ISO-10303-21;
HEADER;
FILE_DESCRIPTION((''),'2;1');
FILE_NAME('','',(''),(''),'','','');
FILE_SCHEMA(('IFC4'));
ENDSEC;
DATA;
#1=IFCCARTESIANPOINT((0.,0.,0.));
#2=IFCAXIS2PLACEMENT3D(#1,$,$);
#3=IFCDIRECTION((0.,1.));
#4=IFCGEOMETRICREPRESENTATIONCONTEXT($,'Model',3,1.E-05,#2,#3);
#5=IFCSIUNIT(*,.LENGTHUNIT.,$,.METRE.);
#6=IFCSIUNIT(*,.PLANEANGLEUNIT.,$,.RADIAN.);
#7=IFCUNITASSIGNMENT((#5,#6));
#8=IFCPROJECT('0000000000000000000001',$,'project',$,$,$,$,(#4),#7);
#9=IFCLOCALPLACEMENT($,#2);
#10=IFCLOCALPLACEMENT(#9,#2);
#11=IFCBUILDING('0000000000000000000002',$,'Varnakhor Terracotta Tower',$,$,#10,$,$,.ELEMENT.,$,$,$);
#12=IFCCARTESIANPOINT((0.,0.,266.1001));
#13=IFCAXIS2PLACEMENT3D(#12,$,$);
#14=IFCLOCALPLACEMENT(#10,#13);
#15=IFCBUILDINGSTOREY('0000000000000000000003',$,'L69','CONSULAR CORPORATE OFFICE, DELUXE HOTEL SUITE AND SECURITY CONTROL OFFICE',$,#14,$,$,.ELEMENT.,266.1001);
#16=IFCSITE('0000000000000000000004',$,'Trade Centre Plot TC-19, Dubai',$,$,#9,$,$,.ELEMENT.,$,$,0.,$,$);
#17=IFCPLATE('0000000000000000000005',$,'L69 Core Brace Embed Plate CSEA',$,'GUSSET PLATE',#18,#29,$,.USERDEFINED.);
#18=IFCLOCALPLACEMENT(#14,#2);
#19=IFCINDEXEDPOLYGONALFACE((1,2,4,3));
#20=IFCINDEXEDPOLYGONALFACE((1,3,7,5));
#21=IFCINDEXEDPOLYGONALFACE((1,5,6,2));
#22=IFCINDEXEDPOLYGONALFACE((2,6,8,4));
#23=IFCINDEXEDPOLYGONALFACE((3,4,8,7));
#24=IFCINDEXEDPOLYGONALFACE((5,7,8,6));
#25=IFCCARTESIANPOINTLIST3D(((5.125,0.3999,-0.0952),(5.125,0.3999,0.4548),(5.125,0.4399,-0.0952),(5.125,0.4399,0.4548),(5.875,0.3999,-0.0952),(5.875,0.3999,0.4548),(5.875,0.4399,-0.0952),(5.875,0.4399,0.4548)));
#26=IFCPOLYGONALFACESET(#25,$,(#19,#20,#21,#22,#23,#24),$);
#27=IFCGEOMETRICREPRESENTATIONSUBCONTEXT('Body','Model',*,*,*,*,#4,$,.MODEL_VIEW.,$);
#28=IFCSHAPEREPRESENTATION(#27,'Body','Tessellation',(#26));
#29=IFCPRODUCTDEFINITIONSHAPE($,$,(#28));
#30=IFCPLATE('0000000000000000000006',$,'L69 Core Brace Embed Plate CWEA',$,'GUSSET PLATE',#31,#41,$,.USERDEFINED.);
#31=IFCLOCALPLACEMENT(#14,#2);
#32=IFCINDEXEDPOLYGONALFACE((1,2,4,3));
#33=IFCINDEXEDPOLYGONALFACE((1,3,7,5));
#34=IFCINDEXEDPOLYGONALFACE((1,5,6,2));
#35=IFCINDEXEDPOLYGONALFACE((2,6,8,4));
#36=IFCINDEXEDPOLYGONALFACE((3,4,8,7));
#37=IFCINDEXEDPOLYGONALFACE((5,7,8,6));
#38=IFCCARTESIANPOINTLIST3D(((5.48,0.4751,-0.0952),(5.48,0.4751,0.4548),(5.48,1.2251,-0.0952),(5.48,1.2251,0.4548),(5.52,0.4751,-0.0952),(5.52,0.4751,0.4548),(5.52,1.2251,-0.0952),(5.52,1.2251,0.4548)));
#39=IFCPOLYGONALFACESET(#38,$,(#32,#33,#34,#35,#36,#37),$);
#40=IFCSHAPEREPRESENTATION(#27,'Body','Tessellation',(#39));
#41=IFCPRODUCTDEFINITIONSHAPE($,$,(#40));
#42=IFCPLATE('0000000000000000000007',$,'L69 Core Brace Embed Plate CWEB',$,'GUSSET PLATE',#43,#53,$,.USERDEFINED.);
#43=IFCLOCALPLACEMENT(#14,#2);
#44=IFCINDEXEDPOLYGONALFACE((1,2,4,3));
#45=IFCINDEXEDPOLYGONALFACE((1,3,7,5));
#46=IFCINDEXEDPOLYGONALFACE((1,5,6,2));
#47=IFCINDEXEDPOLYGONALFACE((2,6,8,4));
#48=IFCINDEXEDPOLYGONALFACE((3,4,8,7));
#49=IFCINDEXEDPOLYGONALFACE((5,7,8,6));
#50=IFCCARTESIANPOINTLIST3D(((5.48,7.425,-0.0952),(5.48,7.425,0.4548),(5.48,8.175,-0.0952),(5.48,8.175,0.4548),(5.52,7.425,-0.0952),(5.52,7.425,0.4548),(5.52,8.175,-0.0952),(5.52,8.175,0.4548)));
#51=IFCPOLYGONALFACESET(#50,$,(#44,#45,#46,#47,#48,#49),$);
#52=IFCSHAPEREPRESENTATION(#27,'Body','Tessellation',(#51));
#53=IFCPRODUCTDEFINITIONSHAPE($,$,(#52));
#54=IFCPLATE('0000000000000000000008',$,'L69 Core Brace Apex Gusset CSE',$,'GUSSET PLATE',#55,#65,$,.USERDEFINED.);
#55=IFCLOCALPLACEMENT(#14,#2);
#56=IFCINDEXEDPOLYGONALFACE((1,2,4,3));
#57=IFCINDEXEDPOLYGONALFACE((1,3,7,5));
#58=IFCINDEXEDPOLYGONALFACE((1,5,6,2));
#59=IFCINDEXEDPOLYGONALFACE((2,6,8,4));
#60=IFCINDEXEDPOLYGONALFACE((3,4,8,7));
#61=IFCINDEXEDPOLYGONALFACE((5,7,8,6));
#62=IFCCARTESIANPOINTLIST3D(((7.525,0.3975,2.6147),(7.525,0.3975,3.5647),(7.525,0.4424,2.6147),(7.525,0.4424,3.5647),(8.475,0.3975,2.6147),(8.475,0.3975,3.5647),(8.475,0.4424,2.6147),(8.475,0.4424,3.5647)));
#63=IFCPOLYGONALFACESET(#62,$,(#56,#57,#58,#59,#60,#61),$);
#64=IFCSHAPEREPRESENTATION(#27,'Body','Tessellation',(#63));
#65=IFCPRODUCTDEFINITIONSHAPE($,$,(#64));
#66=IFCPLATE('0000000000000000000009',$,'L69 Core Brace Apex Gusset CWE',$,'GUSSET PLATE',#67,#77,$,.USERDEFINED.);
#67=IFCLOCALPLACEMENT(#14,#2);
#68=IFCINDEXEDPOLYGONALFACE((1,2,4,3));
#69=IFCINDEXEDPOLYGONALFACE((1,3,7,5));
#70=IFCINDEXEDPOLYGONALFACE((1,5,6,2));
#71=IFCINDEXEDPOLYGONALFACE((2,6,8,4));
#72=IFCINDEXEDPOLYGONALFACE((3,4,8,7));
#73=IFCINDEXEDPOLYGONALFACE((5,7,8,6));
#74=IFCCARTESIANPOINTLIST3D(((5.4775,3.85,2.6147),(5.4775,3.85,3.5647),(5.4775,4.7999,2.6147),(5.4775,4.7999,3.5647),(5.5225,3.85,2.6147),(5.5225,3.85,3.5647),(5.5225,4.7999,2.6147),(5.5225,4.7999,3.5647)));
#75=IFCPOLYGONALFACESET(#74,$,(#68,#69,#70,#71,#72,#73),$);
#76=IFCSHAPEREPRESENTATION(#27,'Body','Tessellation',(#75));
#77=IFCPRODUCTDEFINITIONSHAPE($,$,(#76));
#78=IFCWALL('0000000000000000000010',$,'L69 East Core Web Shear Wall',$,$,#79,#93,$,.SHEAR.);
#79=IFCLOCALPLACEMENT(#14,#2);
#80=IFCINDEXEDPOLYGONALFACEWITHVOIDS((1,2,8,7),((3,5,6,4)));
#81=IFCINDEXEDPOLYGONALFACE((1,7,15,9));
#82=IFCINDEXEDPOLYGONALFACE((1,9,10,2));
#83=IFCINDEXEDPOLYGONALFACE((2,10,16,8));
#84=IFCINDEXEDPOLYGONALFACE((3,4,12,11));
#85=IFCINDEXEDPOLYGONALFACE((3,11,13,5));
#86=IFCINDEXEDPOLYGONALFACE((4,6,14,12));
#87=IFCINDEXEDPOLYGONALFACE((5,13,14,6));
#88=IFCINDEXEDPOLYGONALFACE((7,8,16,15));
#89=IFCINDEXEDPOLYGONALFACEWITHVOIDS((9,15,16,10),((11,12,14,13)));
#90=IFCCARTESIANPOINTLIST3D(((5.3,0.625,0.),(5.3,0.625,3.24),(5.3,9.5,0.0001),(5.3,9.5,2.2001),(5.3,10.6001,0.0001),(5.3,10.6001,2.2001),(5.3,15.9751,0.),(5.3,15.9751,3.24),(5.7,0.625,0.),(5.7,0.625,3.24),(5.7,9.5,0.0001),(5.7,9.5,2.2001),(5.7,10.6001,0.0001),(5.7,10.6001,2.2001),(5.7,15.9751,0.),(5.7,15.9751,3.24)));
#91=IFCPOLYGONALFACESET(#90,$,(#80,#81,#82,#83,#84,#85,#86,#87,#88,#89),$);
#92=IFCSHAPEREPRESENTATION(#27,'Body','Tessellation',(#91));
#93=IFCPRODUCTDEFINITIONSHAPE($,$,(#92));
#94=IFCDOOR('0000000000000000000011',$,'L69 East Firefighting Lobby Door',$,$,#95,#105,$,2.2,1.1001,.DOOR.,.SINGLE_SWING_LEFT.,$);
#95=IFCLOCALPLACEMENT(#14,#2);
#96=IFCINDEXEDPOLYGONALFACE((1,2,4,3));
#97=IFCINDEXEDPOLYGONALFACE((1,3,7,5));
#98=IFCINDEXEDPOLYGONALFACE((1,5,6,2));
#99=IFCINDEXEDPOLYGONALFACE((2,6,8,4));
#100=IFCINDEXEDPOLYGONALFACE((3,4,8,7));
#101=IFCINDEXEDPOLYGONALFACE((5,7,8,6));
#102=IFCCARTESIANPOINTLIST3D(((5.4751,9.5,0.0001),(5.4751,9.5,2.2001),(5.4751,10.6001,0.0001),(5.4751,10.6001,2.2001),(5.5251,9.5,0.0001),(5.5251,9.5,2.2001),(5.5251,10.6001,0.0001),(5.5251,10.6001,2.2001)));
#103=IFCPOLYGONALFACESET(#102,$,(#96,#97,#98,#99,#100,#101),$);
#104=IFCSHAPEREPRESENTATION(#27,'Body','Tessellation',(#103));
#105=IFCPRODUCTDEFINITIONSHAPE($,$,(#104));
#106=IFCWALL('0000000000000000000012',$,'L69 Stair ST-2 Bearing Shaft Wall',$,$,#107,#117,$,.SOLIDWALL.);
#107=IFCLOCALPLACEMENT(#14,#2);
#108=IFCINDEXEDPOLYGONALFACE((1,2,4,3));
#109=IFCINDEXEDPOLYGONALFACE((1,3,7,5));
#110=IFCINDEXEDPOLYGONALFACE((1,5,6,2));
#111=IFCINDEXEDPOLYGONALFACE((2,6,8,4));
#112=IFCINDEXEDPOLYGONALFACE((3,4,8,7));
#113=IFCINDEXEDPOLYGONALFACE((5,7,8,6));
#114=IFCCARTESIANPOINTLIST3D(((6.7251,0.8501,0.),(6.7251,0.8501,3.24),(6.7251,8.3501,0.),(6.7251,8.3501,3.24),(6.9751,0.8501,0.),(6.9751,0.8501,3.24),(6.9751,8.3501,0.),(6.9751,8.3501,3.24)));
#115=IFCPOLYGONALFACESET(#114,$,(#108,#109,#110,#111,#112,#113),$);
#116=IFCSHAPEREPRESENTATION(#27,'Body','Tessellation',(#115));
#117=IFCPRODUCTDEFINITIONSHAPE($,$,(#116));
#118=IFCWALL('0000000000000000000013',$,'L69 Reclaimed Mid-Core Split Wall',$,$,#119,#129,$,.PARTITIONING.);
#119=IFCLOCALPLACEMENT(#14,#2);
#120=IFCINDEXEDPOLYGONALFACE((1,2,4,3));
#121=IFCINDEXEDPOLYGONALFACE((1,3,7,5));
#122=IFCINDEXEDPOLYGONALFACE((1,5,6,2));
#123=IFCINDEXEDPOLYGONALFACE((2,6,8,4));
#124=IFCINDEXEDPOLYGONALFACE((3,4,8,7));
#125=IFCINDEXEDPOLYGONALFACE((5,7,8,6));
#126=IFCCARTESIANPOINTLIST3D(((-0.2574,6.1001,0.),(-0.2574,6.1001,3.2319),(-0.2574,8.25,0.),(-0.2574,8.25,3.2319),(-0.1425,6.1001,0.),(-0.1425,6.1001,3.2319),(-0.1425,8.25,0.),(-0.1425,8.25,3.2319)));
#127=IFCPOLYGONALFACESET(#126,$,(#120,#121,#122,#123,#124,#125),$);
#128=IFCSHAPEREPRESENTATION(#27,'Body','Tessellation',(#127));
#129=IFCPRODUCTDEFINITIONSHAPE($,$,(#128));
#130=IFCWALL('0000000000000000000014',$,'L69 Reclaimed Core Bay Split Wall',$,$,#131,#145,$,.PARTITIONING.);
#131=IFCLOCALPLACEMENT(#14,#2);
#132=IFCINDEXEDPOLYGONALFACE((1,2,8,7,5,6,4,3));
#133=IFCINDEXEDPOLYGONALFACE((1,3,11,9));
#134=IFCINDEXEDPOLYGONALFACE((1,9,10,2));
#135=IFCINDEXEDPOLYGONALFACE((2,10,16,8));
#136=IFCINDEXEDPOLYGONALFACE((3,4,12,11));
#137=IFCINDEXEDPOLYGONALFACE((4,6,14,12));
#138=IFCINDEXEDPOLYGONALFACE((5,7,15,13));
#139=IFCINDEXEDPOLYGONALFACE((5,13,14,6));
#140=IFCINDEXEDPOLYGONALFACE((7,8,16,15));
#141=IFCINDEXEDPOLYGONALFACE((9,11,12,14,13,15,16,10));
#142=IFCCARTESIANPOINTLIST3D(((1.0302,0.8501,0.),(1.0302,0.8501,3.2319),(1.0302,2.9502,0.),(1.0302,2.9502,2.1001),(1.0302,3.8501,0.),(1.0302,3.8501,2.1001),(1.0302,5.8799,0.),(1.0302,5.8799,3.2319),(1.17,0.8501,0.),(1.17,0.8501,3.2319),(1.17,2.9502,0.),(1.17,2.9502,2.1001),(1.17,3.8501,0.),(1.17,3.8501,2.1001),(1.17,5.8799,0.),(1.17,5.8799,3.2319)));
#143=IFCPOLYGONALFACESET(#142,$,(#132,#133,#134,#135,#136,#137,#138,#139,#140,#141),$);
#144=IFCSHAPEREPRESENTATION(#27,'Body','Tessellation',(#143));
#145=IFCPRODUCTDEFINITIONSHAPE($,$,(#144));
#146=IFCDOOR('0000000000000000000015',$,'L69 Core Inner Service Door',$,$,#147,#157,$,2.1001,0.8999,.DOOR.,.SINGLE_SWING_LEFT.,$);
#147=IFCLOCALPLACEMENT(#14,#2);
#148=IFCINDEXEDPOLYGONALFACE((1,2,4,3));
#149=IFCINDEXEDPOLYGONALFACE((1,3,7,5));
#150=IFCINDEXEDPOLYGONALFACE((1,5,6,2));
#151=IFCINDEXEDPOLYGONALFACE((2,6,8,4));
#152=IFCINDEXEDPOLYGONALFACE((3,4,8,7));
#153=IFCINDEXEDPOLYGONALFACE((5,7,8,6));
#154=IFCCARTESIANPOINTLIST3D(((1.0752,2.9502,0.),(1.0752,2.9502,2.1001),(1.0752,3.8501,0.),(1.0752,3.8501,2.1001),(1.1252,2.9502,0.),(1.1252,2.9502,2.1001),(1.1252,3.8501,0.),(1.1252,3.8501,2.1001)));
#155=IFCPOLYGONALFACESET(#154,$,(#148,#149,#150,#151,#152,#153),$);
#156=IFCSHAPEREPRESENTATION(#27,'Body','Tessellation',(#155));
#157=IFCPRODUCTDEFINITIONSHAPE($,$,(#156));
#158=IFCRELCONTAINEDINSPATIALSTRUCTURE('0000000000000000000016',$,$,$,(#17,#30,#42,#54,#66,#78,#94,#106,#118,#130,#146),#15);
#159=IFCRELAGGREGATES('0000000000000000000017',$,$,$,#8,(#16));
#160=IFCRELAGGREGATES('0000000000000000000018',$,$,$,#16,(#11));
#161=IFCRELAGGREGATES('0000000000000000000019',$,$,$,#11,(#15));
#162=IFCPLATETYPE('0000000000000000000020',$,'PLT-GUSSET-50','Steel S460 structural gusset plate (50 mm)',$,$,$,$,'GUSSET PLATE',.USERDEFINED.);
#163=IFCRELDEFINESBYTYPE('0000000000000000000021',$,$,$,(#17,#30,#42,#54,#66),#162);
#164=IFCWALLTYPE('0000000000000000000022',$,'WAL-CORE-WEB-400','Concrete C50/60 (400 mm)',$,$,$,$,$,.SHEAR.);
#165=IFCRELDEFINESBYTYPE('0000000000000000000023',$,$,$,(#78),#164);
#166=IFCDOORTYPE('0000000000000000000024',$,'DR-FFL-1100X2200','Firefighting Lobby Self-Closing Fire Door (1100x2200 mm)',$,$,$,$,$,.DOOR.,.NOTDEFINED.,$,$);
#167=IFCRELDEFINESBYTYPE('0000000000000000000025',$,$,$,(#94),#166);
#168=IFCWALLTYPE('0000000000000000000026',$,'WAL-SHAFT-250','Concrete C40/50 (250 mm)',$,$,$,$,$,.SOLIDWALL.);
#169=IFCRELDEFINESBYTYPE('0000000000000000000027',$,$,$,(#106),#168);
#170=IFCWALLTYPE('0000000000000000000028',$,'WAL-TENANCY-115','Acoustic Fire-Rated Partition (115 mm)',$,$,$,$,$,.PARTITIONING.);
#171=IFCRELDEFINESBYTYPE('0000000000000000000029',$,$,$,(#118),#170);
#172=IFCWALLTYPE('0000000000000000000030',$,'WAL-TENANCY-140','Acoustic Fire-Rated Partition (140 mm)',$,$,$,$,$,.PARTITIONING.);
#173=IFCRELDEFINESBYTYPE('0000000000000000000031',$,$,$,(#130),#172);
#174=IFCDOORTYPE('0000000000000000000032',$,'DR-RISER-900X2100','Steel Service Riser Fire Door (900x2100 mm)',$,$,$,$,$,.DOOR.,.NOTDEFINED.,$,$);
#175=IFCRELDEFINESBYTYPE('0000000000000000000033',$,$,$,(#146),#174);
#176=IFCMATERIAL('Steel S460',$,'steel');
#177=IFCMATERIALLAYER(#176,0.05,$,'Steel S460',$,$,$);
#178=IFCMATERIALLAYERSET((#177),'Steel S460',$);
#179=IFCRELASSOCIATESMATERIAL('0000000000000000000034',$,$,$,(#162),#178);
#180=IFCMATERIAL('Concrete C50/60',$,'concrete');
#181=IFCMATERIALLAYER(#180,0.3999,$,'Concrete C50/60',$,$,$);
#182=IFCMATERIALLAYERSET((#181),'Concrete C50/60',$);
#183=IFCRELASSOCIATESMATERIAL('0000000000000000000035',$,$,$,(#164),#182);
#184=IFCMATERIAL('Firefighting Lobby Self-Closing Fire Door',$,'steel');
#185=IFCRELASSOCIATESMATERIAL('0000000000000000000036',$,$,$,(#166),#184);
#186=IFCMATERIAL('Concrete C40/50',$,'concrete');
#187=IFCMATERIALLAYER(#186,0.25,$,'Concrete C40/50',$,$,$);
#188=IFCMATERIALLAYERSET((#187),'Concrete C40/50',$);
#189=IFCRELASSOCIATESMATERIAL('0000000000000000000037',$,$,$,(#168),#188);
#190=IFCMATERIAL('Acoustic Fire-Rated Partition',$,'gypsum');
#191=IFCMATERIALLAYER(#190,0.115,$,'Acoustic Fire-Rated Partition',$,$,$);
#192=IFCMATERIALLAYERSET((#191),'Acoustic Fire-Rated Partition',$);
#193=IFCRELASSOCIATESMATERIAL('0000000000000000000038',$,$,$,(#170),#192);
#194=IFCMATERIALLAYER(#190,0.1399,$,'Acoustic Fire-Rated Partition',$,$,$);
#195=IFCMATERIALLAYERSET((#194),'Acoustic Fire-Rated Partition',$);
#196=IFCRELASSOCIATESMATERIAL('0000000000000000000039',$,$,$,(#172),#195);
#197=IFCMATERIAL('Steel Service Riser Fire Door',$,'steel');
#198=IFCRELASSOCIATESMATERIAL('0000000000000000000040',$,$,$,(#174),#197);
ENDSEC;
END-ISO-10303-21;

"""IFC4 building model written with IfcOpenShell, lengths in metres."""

from ifc_helpers import new_model, si_unit, direction, frame, frame_2d, origin, origin_2d, place, context, subcontext, project, spatial, rectangle, extrude, source, transform, mapped, material, layer, layer_set, type_object, type_shapes, element, fill, save


model = new_model("IFC4")

# Units and contexts
model_context = context("Model", 3, precision=1e-05, world=origin(), true_north=direction((0.0, 1.0)))
body_context = subcontext(model_context, "Body", "Model", "MODEL_VIEW")
ifc_project = project(units=[si_unit("LENGTHUNIT", "METRE"), si_unit("PLANEANGLEUNIT", "RADIAN")], contexts=[model_context])

# Site, building, storey
site_placement = place(None, origin())
site = spatial("IfcSite", under=ifc_project, at=site_placement, Name="Trade Centre Plot TC-19, Dubai", CompositionType="ELEMENT", RefElevation=0.0)
building_placement = place(site_placement, origin())
building = spatial("IfcBuilding", under=site, at=building_placement, Name="Varnakhor Terracotta Tower", CompositionType="ELEMENT")
storey_placement = place(building_placement, frame((0.0, 0.0, 266.1001)))
storey = spatial("IfcBuildingStorey", under=building, at=storey_placement, Name="L69", Description="CONSULAR CORPORATE OFFICE, DELUXE HOTEL SUITE AND SECURITY CONTROL OFFICE", CompositionType="ELEMENT", Elevation=266.1001)

# Shared definitions
ifc_material_1 = material(Name="Concrete C50/60", Category="concrete")

# Shared definitions
ifc_material_2 = material(Name="Concrete C40/50", Category="concrete")

# Plates
ifc_material_3 = material(Name="Steel S460", Category="steel")
ifc_layer_1 = layer(ifc_material_3, 0.05, Name="Steel S460")
ifc_layer_set_1 = layer_set([ifc_layer_1], Name="Steel S460")
plate_type = type_object("IfcPlateType", Name="PLT-GUSSET-50", Description="Steel S460 structural gusset plate (50 mm)", ElementType="GUSSET PLATE", PredefinedType="USERDEFINED", material=ifc_layer_set_1)
shared_shape_1 = source(origin(), body_context, "Body", "SweptSolid", [
    extrude(rectangle(XDim=0.75, YDim=0.04, at=origin_2d()), origin(), (0.0, 0.0, 1.0), 0.55),
])
type_shapes(plate_type, [shared_shape_1])
for number, where, z_axis, x_axis, name in (
    (1, (5.5, 0.4199, -0.0952), (0.0, 0.0, 1.0), (1.0, 0.0, 0.0), "L69 Core Brace Embed Plate CSEA"),
    (2, (5.5, 0.8501, -0.0952), (0.0, 0.0, 1.0), (0.0, 1.0, 0.0), "L69 Core Brace Embed Plate CWEA"),
    (3, (5.5, 7.8, -0.0952), (0.0, 0.0, 1.0), (0.0, 1.0, 0.0), "L69 Core Brace Embed Plate CWEB"),
):
    element("IfcPlate", number, at=place(storey_placement, frame(where, z_axis=z_axis, x_axis=x_axis)), inside=storey, type_object=plate_type, Name=name, ObjectType="GUSSET PLATE", PredefinedType="USERDEFINED", context=body_context, shape_type="MappedRepresentation", body=[
        mapped(shared_shape_1, transform((0.0, 0.0, 0.0), scale=1.0)),
    ])
shared_shape_2 = source(origin(), body_context, "Body", "SweptSolid", [
    extrude(rectangle(XDim=0.95, YDim=0.0449, at=origin_2d()), origin(), (0.0, 0.0, 1.0), 0.95),
])
for number, where, z_axis, x_axis, name in (
    (4, (8.0, 0.4199, 2.6147), (0.0, 0.0, 1.0), (1.0, 0.0, 0.0), "L69 Core Brace Apex Gusset CSE"),
    (5, (5.5, 4.325, 2.6147), (0.0, 0.0, 1.0), (0.0, 1.0, 0.0), "L69 Core Brace Apex Gusset CWE"),
):
    element("IfcPlate", number, at=place(storey_placement, frame(where, z_axis=z_axis, x_axis=x_axis)), inside=storey, type_object=plate_type, Name=name, ObjectType="GUSSET PLATE", PredefinedType="USERDEFINED", context=body_context, shape_type="MappedRepresentation", body=[
        mapped(shared_shape_2, transform((0.0, 0.0, 0.0), scale=1.0)),
    ])

# Wall, opening, door
ifc_layer_2 = layer(ifc_material_1, 0.3999, Name="Concrete C50/60")
ifc_layer_set_2 = layer_set([ifc_layer_2], Name="Concrete C50/60")
wall_type_1 = type_object("IfcWallType", Name="WAL-CORE-WEB-400", Description="Concrete C50/60 (400 mm)", PredefinedType="SHEAR", material=ifc_layer_set_2)
wall_1_placement = place(storey_placement, frame((5.5, 0.625, 0.0), z_axis=(0.0, 0.0, 1.0), x_axis=(0.0, 1.0, 0.0)))
wall_1 = element("IfcWall", 6, at=wall_1_placement, inside=storey, type_object=wall_type_1, Name="L69 East Core Web Shear Wall", PredefinedType="SHEAR", context=body_context, shape_type="SweptSolid", body=[
    extrude(rectangle(XDim=15.3501, YDim=0.3999, at=frame_2d((7.675, 0.0))), origin(), (0.0, 0.0, 1.0), 3.24),
])
opening_1_placement = place(wall_1_placement, frame((8.875, 0.0, 0.0)))
opening_1 = element("IfcOpeningElement", 7, at=opening_1_placement, cuts=wall_1, PredefinedType="OPENING", context=body_context, shape_type="SweptSolid", body=[
    extrude(rectangle(XDim=1.1001, YDim=2.2, at=frame_2d((0.55, 1.1001))), frame((0.0, 0.21, 0.0), z_axis=(0.0, -1.0, 0.0), x_axis=(1.0, 0.0, 0.0)), (0.0, 0.0, 1.0), 0.4199),
])
ifc_material_4 = material(Name="Firefighting Lobby Self-Closing Fire Door", Category="steel")
door_type_1 = type_object("IfcDoorType", Name="DR-FFL-1100X2200", Description="Firefighting Lobby Self-Closing Fire Door (1100x2200 mm)", OperationType="NOTDEFINED", PredefinedType="DOOR", material=ifc_material_4)
shared_shape_3 = source(origin(), body_context, "Body", "SweptSolid", [
    extrude(rectangle(XDim=1.1001, YDim=2.2, at=frame_2d((0.55, 1.1001))), frame((0.0, 0.0249, 0.0), z_axis=(0.0, -1.0, 0.0), x_axis=(1.0, 0.0, 0.0)), (0.0, 0.0, 1.0), 0.05),
])
type_shapes(door_type_1, [shared_shape_3])
door_1_placement = place(opening_1_placement, origin())
door_1 = element("IfcDoor", 8, at=door_1_placement, inside=storey, type_object=door_type_1, Name="L69 East Firefighting Lobby Door", OperationType="SINGLE_SWING_LEFT", OverallHeight=2.2, OverallWidth=1.1001, PredefinedType="DOOR", context=body_context, shape_type="MappedRepresentation", body=[
    mapped(shared_shape_3, transform((0.0, 0.0, 0.0), scale=1.0)),
])
fill(opening_1, door_1)

# Walls
ifc_layer_3 = layer(ifc_material_2, 0.25, Name="Concrete C40/50")
ifc_layer_set_3 = layer_set([ifc_layer_3], Name="Concrete C40/50")
wall_type_2 = type_object("IfcWallType", Name="WAL-SHAFT-250", Description="Concrete C40/50 (250 mm)", PredefinedType="SOLIDWALL", material=ifc_layer_set_3)
wall_2_placement = place(storey_placement, frame((6.8501, 0.8501, 0.0), z_axis=(0.0, 0.0, 1.0), x_axis=(0.0, 1.0, 0.0)))
element("IfcWall", 9, at=wall_2_placement, inside=storey, type_object=wall_type_2, Name="L69 Stair ST-2 Bearing Shaft Wall", PredefinedType="SOLIDWALL", context=body_context, shape_type="SweptSolid", body=[
    extrude(rectangle(XDim=7.5, YDim=0.25, at=frame_2d((3.75, 0.0))), origin(), (0.0, 0.0, 1.0), 3.24),
])
ifc_material_5 = material(Name="Acoustic Fire-Rated Partition", Category="gypsum")
ifc_layer_4 = layer(ifc_material_5, 0.115, Name="Acoustic Fire-Rated Partition")
ifc_layer_set_4 = layer_set([ifc_layer_4], Name="Acoustic Fire-Rated Partition")
wall_type_3 = type_object("IfcWallType", Name="WAL-TENANCY-115", Description="Acoustic Fire-Rated Partition (115 mm)", PredefinedType="PARTITIONING", material=ifc_layer_set_4)
wall_3_placement = place(storey_placement, frame((-0.2, 6.1001, 0.0), z_axis=(0.0, 0.0, 1.0), x_axis=(0.0, 1.0, 0.0)))
element("IfcWall", 10, at=wall_3_placement, inside=storey, type_object=wall_type_3, Name="L69 Reclaimed Mid-Core Split Wall", PredefinedType="PARTITIONING", context=body_context, shape_type="SweptSolid", body=[
    extrude(rectangle(XDim=2.1499, YDim=0.115, at=frame_2d((1.075, 0.0))), origin(), (0.0, 0.0, 1.0), 3.2319),
])

# Wall, opening, door
ifc_layer_5 = layer(ifc_material_5, 0.1399, Name="Acoustic Fire-Rated Partition")
ifc_layer_set_5 = layer_set([ifc_layer_5], Name="Acoustic Fire-Rated Partition")
wall_type_4 = type_object("IfcWallType", Name="WAL-TENANCY-140", Description="Acoustic Fire-Rated Partition (140 mm)", PredefinedType="PARTITIONING", material=ifc_layer_set_5)
wall_4_placement = place(storey_placement, frame((1.1001, 0.8501, 0.0), z_axis=(0.0, 0.0, 1.0), x_axis=(0.0, 1.0, 0.0)))
wall_4 = element("IfcWall", 11, at=wall_4_placement, inside=storey, type_object=wall_type_4, Name="L69 Reclaimed Core Bay Split Wall", PredefinedType="PARTITIONING", context=body_context, shape_type="SweptSolid", body=[
    extrude(rectangle(XDim=5.0298, YDim=0.1399, at=frame_2d((2.5149, 0.0))), origin(), (0.0, 0.0, 1.0), 3.2319),
])
opening_2_placement = place(wall_4_placement, frame((2.1001, 0.0, 0.0)))
opening_2 = element("IfcOpeningElement", 12, at=opening_2_placement, cuts=wall_4, PredefinedType="OPENING", context=body_context, shape_type="SweptSolid", body=[
    extrude(rectangle(XDim=0.8999, YDim=2.1001, at=frame_2d((0.45, 1.05))), frame((0.0, 0.0801, 0.0), z_axis=(0.0, -1.0, 0.0), x_axis=(1.0, 0.0, 0.0)), (0.0, 0.0, 1.0), 0.1599),
])
ifc_material_6 = material(Name="Steel Service Riser Fire Door", Category="steel")
door_type_2 = type_object("IfcDoorType", Name="DR-RISER-900X2100", Description="Steel Service Riser Fire Door (900x2100 mm)", OperationType="NOTDEFINED", PredefinedType="DOOR", material=ifc_material_6)
shared_shape_4 = source(origin(), body_context, "Body", "SweptSolid", [
    extrude(rectangle(XDim=0.8999, YDim=2.1001, at=frame_2d((0.45, 1.05))), frame((0.0, 0.0249, 0.0), z_axis=(0.0, -1.0, 0.0), x_axis=(1.0, 0.0, 0.0)), (0.0, 0.0, 1.0), 0.05),
])
type_shapes(door_type_2, [shared_shape_4])
door_2_placement = place(opening_2_placement, origin())
door_2 = element("IfcDoor", 13, at=door_2_placement, inside=storey, type_object=door_type_2, Name="L69 Core Inner Service Door", OperationType="SINGLE_SWING_LEFT", OverallHeight=2.1001, OverallWidth=0.8999, PredefinedType="DOOR", context=body_context, shape_type="MappedRepresentation", body=[
    mapped(shared_shape_4, transform((0.0, 0.0, 0.0), scale=1.0)),
])
fill(opening_2, door_2)

save(model, "model.ifc")
